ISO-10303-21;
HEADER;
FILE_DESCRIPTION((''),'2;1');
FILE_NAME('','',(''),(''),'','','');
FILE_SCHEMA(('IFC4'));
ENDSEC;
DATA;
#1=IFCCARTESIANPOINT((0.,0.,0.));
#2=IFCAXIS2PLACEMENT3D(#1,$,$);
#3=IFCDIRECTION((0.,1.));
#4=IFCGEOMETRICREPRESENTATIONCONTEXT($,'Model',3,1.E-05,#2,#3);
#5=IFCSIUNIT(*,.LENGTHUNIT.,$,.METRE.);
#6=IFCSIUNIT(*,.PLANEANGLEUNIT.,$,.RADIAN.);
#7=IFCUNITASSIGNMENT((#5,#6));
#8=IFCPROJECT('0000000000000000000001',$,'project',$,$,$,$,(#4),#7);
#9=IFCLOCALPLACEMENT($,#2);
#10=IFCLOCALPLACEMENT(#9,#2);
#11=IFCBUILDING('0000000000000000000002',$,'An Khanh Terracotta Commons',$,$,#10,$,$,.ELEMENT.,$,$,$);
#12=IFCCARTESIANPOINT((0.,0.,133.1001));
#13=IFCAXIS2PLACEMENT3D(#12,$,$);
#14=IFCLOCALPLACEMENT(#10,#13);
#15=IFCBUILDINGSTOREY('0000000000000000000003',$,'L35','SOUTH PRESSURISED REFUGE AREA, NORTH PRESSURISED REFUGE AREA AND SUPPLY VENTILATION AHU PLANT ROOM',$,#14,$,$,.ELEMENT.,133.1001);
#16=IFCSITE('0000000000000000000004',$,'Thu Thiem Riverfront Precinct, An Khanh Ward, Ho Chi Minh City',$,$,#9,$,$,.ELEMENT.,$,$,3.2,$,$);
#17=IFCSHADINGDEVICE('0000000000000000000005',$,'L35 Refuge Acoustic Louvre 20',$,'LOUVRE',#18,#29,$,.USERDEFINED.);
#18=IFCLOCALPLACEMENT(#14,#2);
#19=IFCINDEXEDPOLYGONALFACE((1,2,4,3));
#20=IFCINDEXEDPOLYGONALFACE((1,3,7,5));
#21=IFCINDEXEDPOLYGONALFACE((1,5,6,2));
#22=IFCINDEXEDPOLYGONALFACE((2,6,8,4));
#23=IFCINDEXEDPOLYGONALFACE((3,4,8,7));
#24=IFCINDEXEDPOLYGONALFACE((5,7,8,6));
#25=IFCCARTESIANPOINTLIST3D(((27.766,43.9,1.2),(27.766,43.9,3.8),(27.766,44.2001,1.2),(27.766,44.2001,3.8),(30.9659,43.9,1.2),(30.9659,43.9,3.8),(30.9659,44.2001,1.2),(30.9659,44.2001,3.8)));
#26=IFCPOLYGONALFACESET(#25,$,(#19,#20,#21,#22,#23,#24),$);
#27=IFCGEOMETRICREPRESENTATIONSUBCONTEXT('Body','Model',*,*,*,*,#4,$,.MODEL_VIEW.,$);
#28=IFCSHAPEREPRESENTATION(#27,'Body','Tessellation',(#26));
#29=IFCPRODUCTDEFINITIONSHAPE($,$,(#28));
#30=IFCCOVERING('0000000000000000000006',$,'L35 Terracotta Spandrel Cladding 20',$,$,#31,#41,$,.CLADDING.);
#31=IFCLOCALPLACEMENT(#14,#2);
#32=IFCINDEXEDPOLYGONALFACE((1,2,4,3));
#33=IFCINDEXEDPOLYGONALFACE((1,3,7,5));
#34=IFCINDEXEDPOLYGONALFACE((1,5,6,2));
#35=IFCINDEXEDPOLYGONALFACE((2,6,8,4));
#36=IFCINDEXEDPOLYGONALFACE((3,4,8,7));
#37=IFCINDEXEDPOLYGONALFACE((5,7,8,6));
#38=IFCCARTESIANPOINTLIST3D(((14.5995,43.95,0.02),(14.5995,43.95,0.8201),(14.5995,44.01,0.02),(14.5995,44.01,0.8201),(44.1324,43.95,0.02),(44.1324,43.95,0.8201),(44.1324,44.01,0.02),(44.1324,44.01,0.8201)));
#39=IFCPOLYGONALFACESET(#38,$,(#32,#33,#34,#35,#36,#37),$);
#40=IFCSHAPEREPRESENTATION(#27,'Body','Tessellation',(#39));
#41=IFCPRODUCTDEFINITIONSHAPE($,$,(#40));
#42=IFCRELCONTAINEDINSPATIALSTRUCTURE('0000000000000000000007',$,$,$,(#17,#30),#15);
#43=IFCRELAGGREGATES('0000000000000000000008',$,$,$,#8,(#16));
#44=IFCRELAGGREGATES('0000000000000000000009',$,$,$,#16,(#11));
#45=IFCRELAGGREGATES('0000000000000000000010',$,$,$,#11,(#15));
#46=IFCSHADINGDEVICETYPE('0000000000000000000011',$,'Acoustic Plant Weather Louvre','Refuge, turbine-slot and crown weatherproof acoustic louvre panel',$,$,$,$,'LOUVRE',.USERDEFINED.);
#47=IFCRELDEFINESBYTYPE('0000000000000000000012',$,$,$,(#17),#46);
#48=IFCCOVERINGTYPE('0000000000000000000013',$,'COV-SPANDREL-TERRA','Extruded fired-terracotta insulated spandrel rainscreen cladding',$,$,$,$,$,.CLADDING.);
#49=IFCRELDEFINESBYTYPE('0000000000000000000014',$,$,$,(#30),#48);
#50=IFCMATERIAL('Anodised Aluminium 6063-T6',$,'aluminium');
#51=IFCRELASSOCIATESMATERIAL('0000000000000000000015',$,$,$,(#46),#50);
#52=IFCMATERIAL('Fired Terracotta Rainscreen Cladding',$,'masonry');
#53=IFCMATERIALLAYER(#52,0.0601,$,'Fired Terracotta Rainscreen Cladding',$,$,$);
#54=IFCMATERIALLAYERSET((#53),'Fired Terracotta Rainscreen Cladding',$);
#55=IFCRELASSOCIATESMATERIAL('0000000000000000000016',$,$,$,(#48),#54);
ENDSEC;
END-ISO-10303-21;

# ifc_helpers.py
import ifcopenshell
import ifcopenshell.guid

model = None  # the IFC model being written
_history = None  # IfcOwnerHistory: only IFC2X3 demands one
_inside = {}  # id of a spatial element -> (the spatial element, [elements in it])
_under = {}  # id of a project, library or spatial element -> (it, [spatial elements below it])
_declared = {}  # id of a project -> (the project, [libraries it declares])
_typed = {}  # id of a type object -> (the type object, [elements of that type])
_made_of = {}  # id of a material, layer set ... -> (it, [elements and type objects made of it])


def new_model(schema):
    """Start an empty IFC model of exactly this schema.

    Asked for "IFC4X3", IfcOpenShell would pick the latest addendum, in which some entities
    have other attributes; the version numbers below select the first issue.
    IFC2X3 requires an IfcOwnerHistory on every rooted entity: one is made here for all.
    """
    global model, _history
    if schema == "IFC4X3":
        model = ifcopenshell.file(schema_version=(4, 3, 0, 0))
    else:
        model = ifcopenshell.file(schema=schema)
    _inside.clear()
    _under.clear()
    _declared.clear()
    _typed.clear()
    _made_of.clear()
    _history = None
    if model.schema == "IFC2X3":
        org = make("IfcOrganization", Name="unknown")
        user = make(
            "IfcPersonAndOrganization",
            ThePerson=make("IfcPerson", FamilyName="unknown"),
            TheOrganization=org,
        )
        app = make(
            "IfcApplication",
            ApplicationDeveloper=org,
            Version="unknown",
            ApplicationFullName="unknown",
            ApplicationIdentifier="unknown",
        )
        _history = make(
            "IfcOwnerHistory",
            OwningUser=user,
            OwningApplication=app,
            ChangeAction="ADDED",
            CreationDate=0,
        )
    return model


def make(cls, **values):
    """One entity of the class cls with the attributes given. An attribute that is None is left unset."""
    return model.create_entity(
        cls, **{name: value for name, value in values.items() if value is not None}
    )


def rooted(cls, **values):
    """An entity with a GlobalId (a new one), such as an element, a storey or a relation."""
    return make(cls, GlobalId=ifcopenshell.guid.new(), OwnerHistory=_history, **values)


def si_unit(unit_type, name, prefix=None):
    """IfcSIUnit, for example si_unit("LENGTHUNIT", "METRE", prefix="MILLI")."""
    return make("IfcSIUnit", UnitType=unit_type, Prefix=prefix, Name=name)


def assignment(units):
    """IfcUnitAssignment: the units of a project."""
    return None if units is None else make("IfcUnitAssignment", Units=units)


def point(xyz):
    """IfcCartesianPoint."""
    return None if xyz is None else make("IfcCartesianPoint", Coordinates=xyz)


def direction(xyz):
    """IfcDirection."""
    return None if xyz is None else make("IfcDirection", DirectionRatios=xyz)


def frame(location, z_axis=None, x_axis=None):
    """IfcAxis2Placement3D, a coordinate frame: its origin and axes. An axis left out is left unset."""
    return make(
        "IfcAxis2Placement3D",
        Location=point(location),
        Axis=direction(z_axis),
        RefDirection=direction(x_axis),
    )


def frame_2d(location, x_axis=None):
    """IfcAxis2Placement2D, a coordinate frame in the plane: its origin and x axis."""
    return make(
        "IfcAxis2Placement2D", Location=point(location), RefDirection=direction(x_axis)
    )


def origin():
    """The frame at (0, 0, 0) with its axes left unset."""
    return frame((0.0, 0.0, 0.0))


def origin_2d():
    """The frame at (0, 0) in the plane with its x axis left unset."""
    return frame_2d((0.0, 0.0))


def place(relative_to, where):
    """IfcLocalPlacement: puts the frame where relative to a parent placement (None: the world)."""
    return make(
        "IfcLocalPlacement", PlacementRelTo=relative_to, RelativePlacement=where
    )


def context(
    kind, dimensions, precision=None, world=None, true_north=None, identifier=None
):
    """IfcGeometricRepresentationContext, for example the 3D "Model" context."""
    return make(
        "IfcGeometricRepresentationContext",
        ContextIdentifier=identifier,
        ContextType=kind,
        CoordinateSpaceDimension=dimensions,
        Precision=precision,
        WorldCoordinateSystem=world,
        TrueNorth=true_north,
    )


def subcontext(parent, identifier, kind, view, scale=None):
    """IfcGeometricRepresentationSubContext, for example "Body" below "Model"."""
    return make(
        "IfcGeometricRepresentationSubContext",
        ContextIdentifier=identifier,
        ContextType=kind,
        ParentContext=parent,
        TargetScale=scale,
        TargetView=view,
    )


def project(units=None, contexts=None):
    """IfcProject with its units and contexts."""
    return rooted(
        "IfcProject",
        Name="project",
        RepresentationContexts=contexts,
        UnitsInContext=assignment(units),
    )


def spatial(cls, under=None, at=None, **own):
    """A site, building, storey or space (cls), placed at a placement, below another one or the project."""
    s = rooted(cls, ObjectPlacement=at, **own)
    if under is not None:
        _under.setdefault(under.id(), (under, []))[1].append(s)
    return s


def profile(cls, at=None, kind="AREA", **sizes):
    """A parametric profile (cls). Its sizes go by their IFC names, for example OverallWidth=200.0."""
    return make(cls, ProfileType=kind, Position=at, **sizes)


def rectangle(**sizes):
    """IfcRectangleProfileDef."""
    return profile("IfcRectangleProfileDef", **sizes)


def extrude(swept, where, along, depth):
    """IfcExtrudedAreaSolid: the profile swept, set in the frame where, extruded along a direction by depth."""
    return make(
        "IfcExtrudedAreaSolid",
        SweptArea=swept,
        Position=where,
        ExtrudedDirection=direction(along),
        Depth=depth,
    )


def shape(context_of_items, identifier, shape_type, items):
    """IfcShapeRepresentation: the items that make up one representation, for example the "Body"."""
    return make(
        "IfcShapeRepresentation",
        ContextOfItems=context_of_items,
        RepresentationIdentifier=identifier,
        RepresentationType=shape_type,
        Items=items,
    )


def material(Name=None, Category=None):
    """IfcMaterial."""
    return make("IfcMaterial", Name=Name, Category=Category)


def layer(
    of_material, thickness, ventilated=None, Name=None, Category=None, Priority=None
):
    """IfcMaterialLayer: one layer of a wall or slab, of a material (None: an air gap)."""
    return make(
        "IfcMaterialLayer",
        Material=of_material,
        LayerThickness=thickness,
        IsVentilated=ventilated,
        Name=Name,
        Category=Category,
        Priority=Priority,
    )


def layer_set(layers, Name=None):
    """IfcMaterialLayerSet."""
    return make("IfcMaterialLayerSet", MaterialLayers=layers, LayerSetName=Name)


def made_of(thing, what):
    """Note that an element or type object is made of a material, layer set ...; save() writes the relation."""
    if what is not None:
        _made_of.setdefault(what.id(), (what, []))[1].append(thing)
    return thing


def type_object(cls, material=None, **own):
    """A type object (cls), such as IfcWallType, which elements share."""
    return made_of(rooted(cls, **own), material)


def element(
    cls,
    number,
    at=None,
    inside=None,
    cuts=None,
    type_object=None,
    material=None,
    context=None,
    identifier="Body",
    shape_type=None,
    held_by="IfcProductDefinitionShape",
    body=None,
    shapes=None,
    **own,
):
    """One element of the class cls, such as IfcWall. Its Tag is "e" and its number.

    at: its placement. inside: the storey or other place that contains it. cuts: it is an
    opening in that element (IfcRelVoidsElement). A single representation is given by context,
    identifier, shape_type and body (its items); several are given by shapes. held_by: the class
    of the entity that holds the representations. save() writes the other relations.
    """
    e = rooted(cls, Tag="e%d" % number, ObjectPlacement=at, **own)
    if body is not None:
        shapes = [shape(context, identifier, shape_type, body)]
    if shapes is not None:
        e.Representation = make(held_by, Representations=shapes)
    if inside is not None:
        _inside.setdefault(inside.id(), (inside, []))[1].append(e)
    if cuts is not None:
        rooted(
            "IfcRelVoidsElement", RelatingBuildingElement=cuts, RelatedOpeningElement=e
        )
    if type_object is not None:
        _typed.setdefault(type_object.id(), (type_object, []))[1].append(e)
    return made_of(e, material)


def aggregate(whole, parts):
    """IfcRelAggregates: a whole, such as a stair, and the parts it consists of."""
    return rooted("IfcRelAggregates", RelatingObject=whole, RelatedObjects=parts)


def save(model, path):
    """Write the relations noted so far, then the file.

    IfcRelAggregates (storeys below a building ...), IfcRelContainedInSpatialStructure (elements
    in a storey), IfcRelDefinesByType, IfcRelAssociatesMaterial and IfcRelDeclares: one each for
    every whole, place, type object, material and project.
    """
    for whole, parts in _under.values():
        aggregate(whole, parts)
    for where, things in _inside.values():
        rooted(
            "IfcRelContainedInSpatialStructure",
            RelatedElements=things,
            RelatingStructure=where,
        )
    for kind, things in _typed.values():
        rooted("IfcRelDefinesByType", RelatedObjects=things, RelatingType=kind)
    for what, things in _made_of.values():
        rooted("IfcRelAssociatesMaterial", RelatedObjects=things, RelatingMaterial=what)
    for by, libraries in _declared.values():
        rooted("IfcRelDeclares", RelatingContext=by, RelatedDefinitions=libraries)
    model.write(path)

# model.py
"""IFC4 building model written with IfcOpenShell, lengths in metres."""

from ifc_helpers import new_model, si_unit, direction, frame, origin, origin_2d, place, context, subcontext, project, spatial, rectangle, extrude, material, layer, layer_set, type_object, element, save


model = new_model("IFC4")

# Units and contexts
model_context = context("Model", 3, precision=1e-05, world=origin(), true_north=direction((0.0, 1.0)))
body_context = subcontext(model_context, "Body", "Model", "MODEL_VIEW")
ifc_project = project(units=[si_unit("LENGTHUNIT", "METRE"), si_unit("PLANEANGLEUNIT", "RADIAN")], contexts=[model_context])

# Site, building, storey
site_placement = place(None, origin())
site = spatial("IfcSite", under=ifc_project, at=site_placement, Name="Thu Thiem Riverfront Precinct, An Khanh Ward, Ho Chi Minh City", CompositionType="ELEMENT", RefElevation=3.2)
building_placement = place(site_placement, origin())
building = spatial("IfcBuilding", under=site, at=building_placement, Name="An Khanh Terracotta Commons", CompositionType="ELEMENT")
storey_placement = place(building_placement, frame((0.0, 0.0, 133.1001)))
storey = spatial("IfcBuildingStorey", under=building, at=storey_placement, Name="L35", Description="SOUTH PRESSURISED REFUGE AREA, NORTH PRESSURISED REFUGE AREA AND SUPPLY VENTILATION AHU PLANT ROOM", CompositionType="ELEMENT", Elevation=133.1001)

# Shading device
ifc_material_1 = material(Name="Anodised Aluminium 6063-T6", Category="aluminium")
shading_device_type = type_object("IfcShadingDeviceType", Name="Acoustic Plant Weather Louvre", Description="Refuge, turbine-slot and crown weatherproof acoustic louvre panel", ElementType="LOUVRE", PredefinedType="USERDEFINED", material=ifc_material_1)
shading_device_placement = place(storey_placement, frame((29.366, 44.05, 1.2), z_axis=(0.0, 0.0, 1.0), x_axis=(-1.0, 0.0, 0.0)))
element("IfcShadingDevice", 1, at=shading_device_placement, inside=storey, type_object=shading_device_type, Name="L35 Refuge Acoustic Louvre 20", ObjectType="LOUVRE", PredefinedType="USERDEFINED", context=body_context, shape_type="SweptSolid", body=[
    extrude(rectangle(XDim=3.2, YDim=0.3, at=origin_2d()), origin(), (0.0, 0.0, 1.0), 2.6001),
])

# Covering
ifc_material_2 = material(Name="Fired Terracotta Rainscreen Cladding", Category="masonry")
ifc_layer_1 = layer(ifc_material_2, 0.0601, Name="Fired Terracotta Rainscreen Cladding")
ifc_layer_set_1 = layer_set([ifc_layer_1], Name="Fired Terracotta Rainscreen Cladding")
covering_type = type_object("IfcCoveringType", Name="COV-SPANDREL-TERRA", Description="Extruded fired-terracotta insulated spandrel rainscreen cladding", PredefinedType="CLADDING", material=ifc_layer_set_1)
covering_placement = place(storey_placement, frame((29.366, 43.98, 0.02), z_axis=(0.0, 0.0, 1.0), x_axis=(-1.0, 0.0, 0.0)))
element("IfcCovering", 2, at=covering_placement, inside=storey, type_object=covering_type, Name="L35 Terracotta Spandrel Cladding 20", PredefinedType="CLADDING", context=body_context, shape_type="SweptSolid", body=[
    extrude(rectangle(XDim=29.533, YDim=0.0601, at=origin_2d()), origin(), (0.0, 0.0, 1.0), 0.8),
])

save(model, "model.ifc")
